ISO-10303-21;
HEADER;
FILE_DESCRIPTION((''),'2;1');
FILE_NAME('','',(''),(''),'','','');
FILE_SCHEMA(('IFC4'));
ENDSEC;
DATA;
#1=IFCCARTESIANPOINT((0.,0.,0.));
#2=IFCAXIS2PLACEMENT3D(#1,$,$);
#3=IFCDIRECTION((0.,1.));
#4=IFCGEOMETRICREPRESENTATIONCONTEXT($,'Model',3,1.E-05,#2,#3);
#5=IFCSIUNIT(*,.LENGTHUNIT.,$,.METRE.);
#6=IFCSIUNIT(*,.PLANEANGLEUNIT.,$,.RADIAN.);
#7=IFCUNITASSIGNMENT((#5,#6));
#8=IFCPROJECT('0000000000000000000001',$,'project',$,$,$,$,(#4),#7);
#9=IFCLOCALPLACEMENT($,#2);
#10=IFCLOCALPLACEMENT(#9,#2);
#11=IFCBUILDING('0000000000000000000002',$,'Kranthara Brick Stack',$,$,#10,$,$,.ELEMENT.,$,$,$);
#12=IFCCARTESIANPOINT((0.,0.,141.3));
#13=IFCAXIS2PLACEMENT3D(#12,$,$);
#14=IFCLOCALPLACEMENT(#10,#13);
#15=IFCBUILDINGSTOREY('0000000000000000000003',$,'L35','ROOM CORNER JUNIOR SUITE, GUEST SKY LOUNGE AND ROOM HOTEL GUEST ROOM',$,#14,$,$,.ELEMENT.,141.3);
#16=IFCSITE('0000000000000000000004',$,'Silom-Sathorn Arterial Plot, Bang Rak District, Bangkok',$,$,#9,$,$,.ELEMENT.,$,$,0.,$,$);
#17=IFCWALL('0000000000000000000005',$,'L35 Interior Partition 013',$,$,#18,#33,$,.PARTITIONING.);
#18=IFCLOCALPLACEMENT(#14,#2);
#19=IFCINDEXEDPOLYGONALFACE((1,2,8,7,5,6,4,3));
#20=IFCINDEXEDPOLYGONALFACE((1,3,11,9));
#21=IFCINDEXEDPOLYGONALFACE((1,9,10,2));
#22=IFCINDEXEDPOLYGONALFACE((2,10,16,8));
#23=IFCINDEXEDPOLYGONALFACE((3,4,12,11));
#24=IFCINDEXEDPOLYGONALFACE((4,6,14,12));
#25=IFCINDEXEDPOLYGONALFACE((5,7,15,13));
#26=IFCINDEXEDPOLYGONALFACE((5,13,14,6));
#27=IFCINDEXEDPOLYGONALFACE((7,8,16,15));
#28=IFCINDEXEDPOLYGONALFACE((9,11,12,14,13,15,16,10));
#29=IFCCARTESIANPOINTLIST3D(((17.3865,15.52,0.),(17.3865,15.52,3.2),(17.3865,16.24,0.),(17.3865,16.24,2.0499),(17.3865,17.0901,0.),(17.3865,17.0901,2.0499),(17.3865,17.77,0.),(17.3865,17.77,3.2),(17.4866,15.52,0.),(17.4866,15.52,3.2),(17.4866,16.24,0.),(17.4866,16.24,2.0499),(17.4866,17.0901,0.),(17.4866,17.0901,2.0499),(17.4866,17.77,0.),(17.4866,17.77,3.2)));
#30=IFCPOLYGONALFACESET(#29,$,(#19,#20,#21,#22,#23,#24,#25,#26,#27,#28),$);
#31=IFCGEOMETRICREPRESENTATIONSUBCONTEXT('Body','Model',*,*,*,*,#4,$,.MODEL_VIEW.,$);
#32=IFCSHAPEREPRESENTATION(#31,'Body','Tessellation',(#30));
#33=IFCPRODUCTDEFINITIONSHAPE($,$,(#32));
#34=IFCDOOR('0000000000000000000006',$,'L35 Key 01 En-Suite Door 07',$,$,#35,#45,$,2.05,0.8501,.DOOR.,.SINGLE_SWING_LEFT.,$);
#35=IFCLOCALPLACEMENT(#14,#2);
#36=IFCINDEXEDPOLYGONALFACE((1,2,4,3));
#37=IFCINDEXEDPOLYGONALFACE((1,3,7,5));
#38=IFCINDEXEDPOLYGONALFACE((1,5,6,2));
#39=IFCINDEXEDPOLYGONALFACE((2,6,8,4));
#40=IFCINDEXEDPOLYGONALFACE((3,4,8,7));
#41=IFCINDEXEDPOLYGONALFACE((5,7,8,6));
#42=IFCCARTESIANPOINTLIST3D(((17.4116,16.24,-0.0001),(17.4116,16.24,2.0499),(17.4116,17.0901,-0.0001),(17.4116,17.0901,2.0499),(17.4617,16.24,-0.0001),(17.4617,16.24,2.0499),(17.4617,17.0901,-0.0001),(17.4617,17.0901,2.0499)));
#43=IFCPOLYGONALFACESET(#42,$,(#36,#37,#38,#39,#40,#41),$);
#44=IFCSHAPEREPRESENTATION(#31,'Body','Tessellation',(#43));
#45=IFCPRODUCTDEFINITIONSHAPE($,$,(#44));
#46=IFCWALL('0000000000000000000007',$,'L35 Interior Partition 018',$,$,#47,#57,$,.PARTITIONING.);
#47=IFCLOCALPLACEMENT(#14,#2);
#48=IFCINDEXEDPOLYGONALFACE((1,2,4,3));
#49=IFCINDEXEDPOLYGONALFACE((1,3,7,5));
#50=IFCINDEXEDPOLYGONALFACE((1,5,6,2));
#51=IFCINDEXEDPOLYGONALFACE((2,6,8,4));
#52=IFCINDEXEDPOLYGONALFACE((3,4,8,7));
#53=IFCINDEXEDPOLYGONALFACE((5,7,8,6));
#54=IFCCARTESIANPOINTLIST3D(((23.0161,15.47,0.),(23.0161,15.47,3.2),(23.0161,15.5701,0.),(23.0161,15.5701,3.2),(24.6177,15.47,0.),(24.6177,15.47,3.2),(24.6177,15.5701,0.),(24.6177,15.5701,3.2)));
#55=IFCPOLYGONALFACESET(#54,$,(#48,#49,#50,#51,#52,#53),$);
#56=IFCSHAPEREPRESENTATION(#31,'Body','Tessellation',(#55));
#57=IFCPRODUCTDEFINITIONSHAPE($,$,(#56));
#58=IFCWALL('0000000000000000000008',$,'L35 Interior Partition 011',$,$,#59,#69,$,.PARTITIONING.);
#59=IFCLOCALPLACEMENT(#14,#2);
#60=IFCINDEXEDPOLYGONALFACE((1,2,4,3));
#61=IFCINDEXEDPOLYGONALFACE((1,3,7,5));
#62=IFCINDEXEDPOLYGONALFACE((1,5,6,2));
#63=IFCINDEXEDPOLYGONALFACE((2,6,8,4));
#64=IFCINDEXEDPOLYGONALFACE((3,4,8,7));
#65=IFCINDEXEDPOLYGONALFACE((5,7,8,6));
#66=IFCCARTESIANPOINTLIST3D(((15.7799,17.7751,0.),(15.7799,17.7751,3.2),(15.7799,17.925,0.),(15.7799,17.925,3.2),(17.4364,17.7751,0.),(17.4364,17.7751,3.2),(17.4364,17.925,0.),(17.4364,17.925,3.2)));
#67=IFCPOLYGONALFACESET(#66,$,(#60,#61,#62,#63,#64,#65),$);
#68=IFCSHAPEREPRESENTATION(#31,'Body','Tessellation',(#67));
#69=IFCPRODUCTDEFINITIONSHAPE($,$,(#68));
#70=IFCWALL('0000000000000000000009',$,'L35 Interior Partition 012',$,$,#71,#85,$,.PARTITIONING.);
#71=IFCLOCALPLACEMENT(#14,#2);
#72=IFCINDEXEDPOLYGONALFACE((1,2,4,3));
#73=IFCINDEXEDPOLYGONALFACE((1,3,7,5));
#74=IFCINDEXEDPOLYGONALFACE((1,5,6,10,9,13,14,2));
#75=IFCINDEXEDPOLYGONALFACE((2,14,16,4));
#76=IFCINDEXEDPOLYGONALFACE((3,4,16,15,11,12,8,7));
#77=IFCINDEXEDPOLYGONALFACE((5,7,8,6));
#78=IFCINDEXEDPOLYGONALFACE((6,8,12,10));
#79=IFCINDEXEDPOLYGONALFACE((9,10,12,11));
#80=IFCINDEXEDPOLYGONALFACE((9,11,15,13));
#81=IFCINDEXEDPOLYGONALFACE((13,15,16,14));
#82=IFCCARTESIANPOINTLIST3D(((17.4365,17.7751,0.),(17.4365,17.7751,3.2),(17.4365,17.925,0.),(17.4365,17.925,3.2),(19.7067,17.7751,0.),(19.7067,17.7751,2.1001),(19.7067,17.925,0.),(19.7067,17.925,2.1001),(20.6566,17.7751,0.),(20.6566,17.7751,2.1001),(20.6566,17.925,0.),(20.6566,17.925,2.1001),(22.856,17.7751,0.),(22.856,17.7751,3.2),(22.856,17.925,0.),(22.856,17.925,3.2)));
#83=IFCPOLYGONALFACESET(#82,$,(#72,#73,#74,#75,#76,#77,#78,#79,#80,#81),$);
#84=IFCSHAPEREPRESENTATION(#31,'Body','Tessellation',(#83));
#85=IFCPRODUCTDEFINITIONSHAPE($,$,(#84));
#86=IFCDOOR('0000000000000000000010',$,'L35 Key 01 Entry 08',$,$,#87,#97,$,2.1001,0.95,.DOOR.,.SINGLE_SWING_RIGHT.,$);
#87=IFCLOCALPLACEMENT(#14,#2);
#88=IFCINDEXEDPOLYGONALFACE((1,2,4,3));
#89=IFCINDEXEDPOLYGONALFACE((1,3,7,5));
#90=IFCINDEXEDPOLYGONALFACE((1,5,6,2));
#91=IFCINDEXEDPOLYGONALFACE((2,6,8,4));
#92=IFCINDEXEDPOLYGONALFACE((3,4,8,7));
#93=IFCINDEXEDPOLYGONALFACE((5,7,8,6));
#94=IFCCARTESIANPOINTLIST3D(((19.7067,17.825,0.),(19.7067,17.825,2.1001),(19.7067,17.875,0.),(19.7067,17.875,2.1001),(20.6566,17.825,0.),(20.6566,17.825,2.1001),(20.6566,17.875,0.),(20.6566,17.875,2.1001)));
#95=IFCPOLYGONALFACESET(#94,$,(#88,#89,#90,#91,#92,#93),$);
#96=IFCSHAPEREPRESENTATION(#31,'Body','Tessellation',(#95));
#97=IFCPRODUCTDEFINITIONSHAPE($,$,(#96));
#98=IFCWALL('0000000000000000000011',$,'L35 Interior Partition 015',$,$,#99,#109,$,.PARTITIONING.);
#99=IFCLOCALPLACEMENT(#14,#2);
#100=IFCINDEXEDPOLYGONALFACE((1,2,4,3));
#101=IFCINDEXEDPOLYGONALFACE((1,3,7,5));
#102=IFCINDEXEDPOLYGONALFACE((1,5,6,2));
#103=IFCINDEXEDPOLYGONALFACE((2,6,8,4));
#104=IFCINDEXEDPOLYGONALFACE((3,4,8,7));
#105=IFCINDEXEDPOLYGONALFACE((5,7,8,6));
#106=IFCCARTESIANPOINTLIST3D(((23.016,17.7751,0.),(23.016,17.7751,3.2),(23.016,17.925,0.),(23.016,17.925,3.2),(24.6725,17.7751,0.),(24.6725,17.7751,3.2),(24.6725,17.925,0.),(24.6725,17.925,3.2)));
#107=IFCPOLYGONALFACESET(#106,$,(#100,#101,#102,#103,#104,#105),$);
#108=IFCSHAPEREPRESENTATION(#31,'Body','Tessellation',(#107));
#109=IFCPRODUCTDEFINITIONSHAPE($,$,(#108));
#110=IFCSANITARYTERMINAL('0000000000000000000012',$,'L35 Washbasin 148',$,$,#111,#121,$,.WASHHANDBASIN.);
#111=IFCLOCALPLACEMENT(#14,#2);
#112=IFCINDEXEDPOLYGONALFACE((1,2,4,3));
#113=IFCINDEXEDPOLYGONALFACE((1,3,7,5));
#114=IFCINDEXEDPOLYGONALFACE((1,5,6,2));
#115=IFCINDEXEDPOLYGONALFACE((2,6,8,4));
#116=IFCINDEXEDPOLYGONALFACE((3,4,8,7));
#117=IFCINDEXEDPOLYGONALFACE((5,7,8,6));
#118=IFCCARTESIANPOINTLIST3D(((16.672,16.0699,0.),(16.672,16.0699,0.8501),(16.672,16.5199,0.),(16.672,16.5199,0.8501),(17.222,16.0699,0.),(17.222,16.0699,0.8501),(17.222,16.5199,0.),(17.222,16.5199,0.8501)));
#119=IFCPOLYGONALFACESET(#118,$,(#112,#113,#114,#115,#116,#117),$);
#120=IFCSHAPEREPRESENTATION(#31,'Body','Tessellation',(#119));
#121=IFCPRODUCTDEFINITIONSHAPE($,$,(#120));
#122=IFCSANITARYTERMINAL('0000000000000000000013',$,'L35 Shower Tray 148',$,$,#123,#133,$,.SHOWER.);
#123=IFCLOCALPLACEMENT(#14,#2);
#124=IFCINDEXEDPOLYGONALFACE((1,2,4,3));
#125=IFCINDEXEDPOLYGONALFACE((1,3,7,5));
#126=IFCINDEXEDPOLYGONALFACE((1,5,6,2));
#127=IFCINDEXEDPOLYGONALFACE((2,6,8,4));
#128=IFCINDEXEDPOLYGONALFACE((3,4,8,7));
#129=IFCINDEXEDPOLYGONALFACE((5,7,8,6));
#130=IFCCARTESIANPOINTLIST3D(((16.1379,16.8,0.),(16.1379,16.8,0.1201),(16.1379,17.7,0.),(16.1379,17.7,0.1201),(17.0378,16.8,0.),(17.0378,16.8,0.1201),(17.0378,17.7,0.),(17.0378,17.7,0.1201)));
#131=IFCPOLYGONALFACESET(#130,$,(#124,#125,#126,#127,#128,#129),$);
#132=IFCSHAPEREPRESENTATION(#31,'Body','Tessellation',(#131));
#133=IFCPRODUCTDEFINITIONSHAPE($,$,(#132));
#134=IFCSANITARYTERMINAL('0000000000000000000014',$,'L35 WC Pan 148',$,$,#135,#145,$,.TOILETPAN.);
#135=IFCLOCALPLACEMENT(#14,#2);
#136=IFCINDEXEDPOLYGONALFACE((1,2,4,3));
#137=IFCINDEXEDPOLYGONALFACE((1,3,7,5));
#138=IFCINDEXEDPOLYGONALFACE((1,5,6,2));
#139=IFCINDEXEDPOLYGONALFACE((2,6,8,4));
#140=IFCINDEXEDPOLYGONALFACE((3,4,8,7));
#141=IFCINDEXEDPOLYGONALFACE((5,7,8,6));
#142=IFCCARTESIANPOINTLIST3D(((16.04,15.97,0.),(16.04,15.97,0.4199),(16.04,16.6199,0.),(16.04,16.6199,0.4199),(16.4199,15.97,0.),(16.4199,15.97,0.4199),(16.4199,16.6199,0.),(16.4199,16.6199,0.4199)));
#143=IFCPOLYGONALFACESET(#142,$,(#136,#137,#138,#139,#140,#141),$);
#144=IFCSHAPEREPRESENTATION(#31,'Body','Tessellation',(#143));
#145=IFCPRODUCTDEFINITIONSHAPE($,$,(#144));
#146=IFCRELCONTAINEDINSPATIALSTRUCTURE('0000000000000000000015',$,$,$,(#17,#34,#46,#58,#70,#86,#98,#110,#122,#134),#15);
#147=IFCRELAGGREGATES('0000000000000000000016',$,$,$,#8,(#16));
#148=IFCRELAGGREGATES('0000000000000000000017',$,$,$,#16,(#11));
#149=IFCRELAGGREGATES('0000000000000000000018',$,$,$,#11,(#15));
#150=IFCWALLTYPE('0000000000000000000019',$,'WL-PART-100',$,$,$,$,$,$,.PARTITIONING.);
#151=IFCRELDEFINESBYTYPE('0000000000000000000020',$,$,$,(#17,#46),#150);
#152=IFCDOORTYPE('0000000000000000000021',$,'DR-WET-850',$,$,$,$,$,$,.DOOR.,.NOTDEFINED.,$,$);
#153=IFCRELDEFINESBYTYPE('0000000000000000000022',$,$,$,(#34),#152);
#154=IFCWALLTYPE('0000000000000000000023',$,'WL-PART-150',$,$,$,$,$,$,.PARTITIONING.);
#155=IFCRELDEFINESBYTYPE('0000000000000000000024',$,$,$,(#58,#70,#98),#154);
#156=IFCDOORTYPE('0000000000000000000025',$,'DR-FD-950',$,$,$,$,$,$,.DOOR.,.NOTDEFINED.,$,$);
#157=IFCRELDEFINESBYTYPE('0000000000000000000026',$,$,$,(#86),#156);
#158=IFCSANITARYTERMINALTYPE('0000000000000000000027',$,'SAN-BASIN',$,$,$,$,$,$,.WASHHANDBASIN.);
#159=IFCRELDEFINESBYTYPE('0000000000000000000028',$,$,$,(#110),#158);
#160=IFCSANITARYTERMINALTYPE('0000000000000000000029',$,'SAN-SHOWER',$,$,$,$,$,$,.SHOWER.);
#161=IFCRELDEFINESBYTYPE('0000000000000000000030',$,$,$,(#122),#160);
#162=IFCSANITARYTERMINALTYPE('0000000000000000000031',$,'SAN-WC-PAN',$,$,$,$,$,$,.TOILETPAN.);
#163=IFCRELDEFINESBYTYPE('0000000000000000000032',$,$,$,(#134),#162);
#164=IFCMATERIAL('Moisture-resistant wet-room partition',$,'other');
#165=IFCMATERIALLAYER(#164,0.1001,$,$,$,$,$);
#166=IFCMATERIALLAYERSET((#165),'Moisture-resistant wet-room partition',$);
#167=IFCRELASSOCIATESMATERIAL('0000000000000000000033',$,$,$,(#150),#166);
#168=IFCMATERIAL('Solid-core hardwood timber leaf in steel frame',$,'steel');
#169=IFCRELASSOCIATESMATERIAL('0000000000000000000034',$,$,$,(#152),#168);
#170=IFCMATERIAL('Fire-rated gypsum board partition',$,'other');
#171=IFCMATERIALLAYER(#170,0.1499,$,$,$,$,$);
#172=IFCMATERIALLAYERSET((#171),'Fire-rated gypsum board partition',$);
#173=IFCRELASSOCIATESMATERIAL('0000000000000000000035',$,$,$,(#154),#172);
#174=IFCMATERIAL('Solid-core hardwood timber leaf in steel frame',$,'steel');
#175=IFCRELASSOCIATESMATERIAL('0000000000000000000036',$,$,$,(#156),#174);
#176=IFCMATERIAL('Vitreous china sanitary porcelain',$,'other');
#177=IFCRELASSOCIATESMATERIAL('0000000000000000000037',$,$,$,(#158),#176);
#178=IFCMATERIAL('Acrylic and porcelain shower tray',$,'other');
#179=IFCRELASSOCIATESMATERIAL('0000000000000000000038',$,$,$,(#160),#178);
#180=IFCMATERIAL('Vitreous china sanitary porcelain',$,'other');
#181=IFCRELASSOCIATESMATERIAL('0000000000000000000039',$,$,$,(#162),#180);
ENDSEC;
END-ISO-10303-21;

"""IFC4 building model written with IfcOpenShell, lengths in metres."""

from ifc_helpers import new_model, si_unit, direction, frame, frame_2d, origin, origin_2d, place, context, subcontext, project, spatial, rectangle, extrude, material, layer, layer_set, type_object, element, fill, save


model = new_model("IFC4")

# Units and contexts
model_context = context("Model", 3, precision=1e-05, world=origin(), true_north=direction((0.0, 1.0)))
body_context = subcontext(model_context, "Body", "Model", "MODEL_VIEW")
ifc_project = project(units=[si_unit("LENGTHUNIT", "METRE"), si_unit("PLANEANGLEUNIT", "RADIAN")], contexts=[model_context])

# Site, building, storey
site_placement = place(None, origin())
site = spatial("IfcSite", under=ifc_project, at=site_placement, Name="Silom-Sathorn Arterial Plot, Bang Rak District, Bangkok", CompositionType="ELEMENT", RefElevation=0.0)
building_placement = place(site_placement, origin())
building = spatial("IfcBuilding", under=site, at=building_placement, Name="Kranthara Brick Stack", CompositionType="ELEMENT")
storey_placement = place(building_placement, frame((0.0, 0.0, 141.3)))
storey = spatial("IfcBuildingStorey", under=building, at=storey_placement, Name="L35", Description="ROOM CORNER JUNIOR SUITE, GUEST SKY LOUNGE AND ROOM HOTEL GUEST ROOM", CompositionType="ELEMENT", Elevation=141.3)

# Wall, opening, door
ifc_material_1 = material(Name="Moisture-resistant wet-room partition", Category="other")
ifc_layer_1 = layer(ifc_material_1, 0.1001)
ifc_layer_set_1 = layer_set([ifc_layer_1], Name="Moisture-resistant wet-room partition")
wall_type_1 = type_object("IfcWallType", Name="WL-PART-100", PredefinedType="PARTITIONING", material=ifc_layer_set_1)
wall_1_placement = place(storey_placement, frame((17.4365, 15.52, 0.0), z_axis=(0.0, 0.0, 1.0), x_axis=(0.0, 1.0, 0.0)))
wall_1 = element("IfcWall", 1, at=wall_1_placement, inside=storey, type_object=wall_type_1, Name="L35 Interior Partition 013", PredefinedType="PARTITIONING", context=body_context, shape_type="SweptSolid", body=[
    extrude(rectangle(XDim=2.25, YDim=0.1001, at=frame_2d((1.125, 0.0))), origin(), (0.0, 0.0, 1.0), 3.2),
])
opening_1_placement = place(wall_1_placement, frame((0.72, 0.0, 0.0)))
opening_1 = element("IfcOpeningElement", 2, at=opening_1_placement, cuts=wall_1, PredefinedType="OPENING", context=body_context, shape_type="SweptSolid", body=[
    extrude(rectangle(XDim=0.8501, YDim=2.05, at=frame_2d((0.425, 1.0249))), frame((0.0, 0.0601, 0.0), z_axis=(0.0, -1.0, 0.0), x_axis=(1.0, 0.0, 0.0)), (0.0, 0.0, 1.0), 0.1201),
])
ifc_material_2 = material(Name="Solid-core hardwood timber leaf in steel frame", Category="steel")
door_type_1 = type_object("IfcDoorType", Name="DR-WET-850", OperationType="NOTDEFINED", PredefinedType="DOOR", material=ifc_material_2)
door_1_placement = place(opening_1_placement, origin())
door_1 = element("IfcDoor", 3, at=door_1_placement, inside=storey, type_object=door_type_1, Name="L35 Key 01 En-Suite Door 07", OperationType="SINGLE_SWING_LEFT", OverallHeight=2.05, OverallWidth=0.8501, PredefinedType="DOOR", context=body_context, shape_type="SweptSolid", body=[
    extrude(rectangle(XDim=0.8501, YDim=2.05, at=frame_2d((0.425, 1.0249))), frame((0.0, 0.0249, 0.0), z_axis=(0.0, -1.0, 0.0), x_axis=(1.0, 0.0, 0.0)), (0.0, 0.0, 1.0), 0.05),
])
fill(opening_1, door_1)

# Walls
wall_2_placement = place(storey_placement, frame((23.0161, 15.52, 0.0), z_axis=(0.0, 0.0, 1.0), x_axis=(1.0, 0.0, 0.0)))
element("IfcWall", 4, at=wall_2_placement, inside=storey, type_object=wall_type_1, Name="L35 Interior Partition 018", PredefinedType="PARTITIONING", context=body_context, shape_type="SweptSolid", body=[
    extrude(rectangle(XDim=1.6016, YDim=0.1001, at=frame_2d((0.8008, 0.0))), origin(), (0.0, 0.0, 1.0), 3.2),
])
ifc_material_3 = material(Name="Fire-rated gypsum board partition", Category="other")
ifc_layer_2 = layer(ifc_material_3, 0.1499)
ifc_layer_set_2 = layer_set([ifc_layer_2], Name="Fire-rated gypsum board partition")
wall_type_2 = type_object("IfcWallType", Name="WL-PART-150", PredefinedType="PARTITIONING", material=ifc_layer_set_2)
wall_3_placement = place(storey_placement, frame((15.78, 17.8501, 0.0), z_axis=(0.0, 0.0, 1.0), x_axis=(1.0, 0.0, 0.0)))
element("IfcWall", 5, at=wall_3_placement, inside=storey, type_object=wall_type_2, Name="L35 Interior Partition 011", PredefinedType="PARTITIONING", context=body_context, shape_type="SweptSolid", body=[
    extrude(rectangle(XDim=1.6565, YDim=0.1499, at=frame_2d((0.8281, 0.0))), origin(), (0.0, 0.0, 1.0), 3.2),
])

# Wall, opening, door
wall_4_placement = place(storey_placement, frame((17.4365, 17.8501, 0.0), z_axis=(0.0, 0.0, 1.0), x_axis=(1.0, 0.0, 0.0)))
wall_4 = element("IfcWall", 6, at=wall_4_placement, inside=storey, type_object=wall_type_2, Name="L35 Interior Partition 012", PredefinedType="PARTITIONING", context=body_context, shape_type="SweptSolid", body=[
    extrude(rectangle(XDim=5.4194, YDim=0.1499, at=frame_2d((2.7097, 0.0))), origin(), (0.0, 0.0, 1.0), 3.2),
])
opening_2_placement = place(wall_4_placement, frame((2.27, 0.0, 0.0)))
opening_2 = element("IfcOpeningElement", 7, at=opening_2_placement, cuts=wall_4, PredefinedType="OPENING", context=body_context, shape_type="SweptSolid", body=[
    extrude(rectangle(XDim=0.95, YDim=2.1001, at=frame_2d((0.4751, 1.05))), frame((0.0, 0.085, 0.0), z_axis=(0.0, -1.0, 0.0), x_axis=(1.0, 0.0, 0.0)), (0.0, 0.0, 1.0), 0.1699),
])
ifc_material_4 = material(Name="Solid-core hardwood timber leaf in steel frame", Category="steel")
door_type_2 = type_object("IfcDoorType", Name="DR-FD-950", OperationType="NOTDEFINED", PredefinedType="DOOR", material=ifc_material_4)
door_2_placement = place(opening_2_placement, origin())
door_2 = element("IfcDoor", 8, at=door_2_placement, inside=storey, type_object=door_type_2, Name="L35 Key 01 Entry 08", OperationType="SINGLE_SWING_RIGHT", OverallHeight=2.1001, OverallWidth=0.95, PredefinedType="DOOR", context=body_context, shape_type="SweptSolid", body=[
    extrude(rectangle(XDim=0.95, YDim=2.1001, at=frame_2d((0.4751, 1.05))), frame((0.0, 0.0249, 0.0), z_axis=(0.0, -1.0, 0.0), x_axis=(1.0, 0.0, 0.0)), (0.0, 0.0, 1.0), 0.05),
])
fill(opening_2, door_2)

# Wall
wall_5_placement = place(storey_placement, frame((23.0161, 17.8501, 0.0), z_axis=(0.0, 0.0, 1.0), x_axis=(1.0, 0.0, 0.0)))
element("IfcWall", 9, at=wall_5_placement, inside=storey, type_object=wall_type_2, Name="L35 Interior Partition 015", PredefinedType="PARTITIONING", context=body_context, shape_type="SweptSolid", body=[
    extrude(rectangle(XDim=1.6565, YDim=0.1499, at=frame_2d((0.8281, 0.0))), origin(), (0.0, 0.0, 1.0), 3.2),
])

# Sanitary terminals
ifc_material_5 = material(Name="Vitreous china sanitary porcelain", Category="other")
sanitary_terminal_type_1 = type_object("IfcSanitaryTerminalType", Name="SAN-BASIN", PredefinedType="WASHHANDBASIN", material=ifc_material_5)
sanitary_terminal_1_placement = place(storey_placement, frame((16.947, 16.2949, 0.0), z_axis=(0.0, 0.0, 1.0), x_axis=(1.0, 0.0, 0.0)))
element("IfcSanitaryTerminal", 10, at=sanitary_terminal_1_placement, inside=storey, type_object=sanitary_terminal_type_1, Name="L35 Washbasin 148", PredefinedType="WASHHANDBASIN", context=body_context, shape_type="SweptSolid", body=[
    extrude(rectangle(XDim=0.55, YDim=0.45, at=origin_2d()), origin(), (0.0, 0.0, 1.0), 0.8501),
])
ifc_material_6 = material(Name="Acrylic and porcelain shower tray", Category="other")
sanitary_terminal_type_2 = type_object("IfcSanitaryTerminalType", Name="SAN-SHOWER", PredefinedType="SHOWER", material=ifc_material_6)
sanitary_terminal_2_placement = place(storey_placement, frame((16.5879, 17.25, 0.0), z_axis=(0.0, 0.0, 1.0), x_axis=(1.0, 0.0, 0.0)))
element("IfcSanitaryTerminal", 11, at=sanitary_terminal_2_placement, inside=storey, type_object=sanitary_terminal_type_2, Name="L35 Shower Tray 148", PredefinedType="SHOWER", context=body_context, shape_type="SweptSolid", body=[
    extrude(rectangle(XDim=0.8999, YDim=0.8999, at=origin_2d()), origin(), (0.0, 0.0, 1.0), 0.1201),
])
ifc_material_7 = material(Name="Vitreous china sanitary porcelain", Category="other")
sanitary_terminal_type_3 = type_object("IfcSanitaryTerminalType", Name="SAN-WC-PAN", PredefinedType="TOILETPAN", material=ifc_material_7)
sanitary_terminal_3_placement = place(storey_placement, frame((16.23, 16.2949, 0.0), z_axis=(0.0, 0.0, 1.0), x_axis=(1.0, 0.0, 0.0)))
element("IfcSanitaryTerminal", 12, at=sanitary_terminal_3_placement, inside=storey, type_object=sanitary_terminal_type_3, Name="L35 WC Pan 148", PredefinedType="TOILETPAN", context=body_context, shape_type="SweptSolid", body=[
    extrude(rectangle(XDim=0.3799, YDim=0.6499, at=origin_2d()), origin(), (0.0, 0.0, 1.0), 0.4199),
])

save(model, "model.ifc")
